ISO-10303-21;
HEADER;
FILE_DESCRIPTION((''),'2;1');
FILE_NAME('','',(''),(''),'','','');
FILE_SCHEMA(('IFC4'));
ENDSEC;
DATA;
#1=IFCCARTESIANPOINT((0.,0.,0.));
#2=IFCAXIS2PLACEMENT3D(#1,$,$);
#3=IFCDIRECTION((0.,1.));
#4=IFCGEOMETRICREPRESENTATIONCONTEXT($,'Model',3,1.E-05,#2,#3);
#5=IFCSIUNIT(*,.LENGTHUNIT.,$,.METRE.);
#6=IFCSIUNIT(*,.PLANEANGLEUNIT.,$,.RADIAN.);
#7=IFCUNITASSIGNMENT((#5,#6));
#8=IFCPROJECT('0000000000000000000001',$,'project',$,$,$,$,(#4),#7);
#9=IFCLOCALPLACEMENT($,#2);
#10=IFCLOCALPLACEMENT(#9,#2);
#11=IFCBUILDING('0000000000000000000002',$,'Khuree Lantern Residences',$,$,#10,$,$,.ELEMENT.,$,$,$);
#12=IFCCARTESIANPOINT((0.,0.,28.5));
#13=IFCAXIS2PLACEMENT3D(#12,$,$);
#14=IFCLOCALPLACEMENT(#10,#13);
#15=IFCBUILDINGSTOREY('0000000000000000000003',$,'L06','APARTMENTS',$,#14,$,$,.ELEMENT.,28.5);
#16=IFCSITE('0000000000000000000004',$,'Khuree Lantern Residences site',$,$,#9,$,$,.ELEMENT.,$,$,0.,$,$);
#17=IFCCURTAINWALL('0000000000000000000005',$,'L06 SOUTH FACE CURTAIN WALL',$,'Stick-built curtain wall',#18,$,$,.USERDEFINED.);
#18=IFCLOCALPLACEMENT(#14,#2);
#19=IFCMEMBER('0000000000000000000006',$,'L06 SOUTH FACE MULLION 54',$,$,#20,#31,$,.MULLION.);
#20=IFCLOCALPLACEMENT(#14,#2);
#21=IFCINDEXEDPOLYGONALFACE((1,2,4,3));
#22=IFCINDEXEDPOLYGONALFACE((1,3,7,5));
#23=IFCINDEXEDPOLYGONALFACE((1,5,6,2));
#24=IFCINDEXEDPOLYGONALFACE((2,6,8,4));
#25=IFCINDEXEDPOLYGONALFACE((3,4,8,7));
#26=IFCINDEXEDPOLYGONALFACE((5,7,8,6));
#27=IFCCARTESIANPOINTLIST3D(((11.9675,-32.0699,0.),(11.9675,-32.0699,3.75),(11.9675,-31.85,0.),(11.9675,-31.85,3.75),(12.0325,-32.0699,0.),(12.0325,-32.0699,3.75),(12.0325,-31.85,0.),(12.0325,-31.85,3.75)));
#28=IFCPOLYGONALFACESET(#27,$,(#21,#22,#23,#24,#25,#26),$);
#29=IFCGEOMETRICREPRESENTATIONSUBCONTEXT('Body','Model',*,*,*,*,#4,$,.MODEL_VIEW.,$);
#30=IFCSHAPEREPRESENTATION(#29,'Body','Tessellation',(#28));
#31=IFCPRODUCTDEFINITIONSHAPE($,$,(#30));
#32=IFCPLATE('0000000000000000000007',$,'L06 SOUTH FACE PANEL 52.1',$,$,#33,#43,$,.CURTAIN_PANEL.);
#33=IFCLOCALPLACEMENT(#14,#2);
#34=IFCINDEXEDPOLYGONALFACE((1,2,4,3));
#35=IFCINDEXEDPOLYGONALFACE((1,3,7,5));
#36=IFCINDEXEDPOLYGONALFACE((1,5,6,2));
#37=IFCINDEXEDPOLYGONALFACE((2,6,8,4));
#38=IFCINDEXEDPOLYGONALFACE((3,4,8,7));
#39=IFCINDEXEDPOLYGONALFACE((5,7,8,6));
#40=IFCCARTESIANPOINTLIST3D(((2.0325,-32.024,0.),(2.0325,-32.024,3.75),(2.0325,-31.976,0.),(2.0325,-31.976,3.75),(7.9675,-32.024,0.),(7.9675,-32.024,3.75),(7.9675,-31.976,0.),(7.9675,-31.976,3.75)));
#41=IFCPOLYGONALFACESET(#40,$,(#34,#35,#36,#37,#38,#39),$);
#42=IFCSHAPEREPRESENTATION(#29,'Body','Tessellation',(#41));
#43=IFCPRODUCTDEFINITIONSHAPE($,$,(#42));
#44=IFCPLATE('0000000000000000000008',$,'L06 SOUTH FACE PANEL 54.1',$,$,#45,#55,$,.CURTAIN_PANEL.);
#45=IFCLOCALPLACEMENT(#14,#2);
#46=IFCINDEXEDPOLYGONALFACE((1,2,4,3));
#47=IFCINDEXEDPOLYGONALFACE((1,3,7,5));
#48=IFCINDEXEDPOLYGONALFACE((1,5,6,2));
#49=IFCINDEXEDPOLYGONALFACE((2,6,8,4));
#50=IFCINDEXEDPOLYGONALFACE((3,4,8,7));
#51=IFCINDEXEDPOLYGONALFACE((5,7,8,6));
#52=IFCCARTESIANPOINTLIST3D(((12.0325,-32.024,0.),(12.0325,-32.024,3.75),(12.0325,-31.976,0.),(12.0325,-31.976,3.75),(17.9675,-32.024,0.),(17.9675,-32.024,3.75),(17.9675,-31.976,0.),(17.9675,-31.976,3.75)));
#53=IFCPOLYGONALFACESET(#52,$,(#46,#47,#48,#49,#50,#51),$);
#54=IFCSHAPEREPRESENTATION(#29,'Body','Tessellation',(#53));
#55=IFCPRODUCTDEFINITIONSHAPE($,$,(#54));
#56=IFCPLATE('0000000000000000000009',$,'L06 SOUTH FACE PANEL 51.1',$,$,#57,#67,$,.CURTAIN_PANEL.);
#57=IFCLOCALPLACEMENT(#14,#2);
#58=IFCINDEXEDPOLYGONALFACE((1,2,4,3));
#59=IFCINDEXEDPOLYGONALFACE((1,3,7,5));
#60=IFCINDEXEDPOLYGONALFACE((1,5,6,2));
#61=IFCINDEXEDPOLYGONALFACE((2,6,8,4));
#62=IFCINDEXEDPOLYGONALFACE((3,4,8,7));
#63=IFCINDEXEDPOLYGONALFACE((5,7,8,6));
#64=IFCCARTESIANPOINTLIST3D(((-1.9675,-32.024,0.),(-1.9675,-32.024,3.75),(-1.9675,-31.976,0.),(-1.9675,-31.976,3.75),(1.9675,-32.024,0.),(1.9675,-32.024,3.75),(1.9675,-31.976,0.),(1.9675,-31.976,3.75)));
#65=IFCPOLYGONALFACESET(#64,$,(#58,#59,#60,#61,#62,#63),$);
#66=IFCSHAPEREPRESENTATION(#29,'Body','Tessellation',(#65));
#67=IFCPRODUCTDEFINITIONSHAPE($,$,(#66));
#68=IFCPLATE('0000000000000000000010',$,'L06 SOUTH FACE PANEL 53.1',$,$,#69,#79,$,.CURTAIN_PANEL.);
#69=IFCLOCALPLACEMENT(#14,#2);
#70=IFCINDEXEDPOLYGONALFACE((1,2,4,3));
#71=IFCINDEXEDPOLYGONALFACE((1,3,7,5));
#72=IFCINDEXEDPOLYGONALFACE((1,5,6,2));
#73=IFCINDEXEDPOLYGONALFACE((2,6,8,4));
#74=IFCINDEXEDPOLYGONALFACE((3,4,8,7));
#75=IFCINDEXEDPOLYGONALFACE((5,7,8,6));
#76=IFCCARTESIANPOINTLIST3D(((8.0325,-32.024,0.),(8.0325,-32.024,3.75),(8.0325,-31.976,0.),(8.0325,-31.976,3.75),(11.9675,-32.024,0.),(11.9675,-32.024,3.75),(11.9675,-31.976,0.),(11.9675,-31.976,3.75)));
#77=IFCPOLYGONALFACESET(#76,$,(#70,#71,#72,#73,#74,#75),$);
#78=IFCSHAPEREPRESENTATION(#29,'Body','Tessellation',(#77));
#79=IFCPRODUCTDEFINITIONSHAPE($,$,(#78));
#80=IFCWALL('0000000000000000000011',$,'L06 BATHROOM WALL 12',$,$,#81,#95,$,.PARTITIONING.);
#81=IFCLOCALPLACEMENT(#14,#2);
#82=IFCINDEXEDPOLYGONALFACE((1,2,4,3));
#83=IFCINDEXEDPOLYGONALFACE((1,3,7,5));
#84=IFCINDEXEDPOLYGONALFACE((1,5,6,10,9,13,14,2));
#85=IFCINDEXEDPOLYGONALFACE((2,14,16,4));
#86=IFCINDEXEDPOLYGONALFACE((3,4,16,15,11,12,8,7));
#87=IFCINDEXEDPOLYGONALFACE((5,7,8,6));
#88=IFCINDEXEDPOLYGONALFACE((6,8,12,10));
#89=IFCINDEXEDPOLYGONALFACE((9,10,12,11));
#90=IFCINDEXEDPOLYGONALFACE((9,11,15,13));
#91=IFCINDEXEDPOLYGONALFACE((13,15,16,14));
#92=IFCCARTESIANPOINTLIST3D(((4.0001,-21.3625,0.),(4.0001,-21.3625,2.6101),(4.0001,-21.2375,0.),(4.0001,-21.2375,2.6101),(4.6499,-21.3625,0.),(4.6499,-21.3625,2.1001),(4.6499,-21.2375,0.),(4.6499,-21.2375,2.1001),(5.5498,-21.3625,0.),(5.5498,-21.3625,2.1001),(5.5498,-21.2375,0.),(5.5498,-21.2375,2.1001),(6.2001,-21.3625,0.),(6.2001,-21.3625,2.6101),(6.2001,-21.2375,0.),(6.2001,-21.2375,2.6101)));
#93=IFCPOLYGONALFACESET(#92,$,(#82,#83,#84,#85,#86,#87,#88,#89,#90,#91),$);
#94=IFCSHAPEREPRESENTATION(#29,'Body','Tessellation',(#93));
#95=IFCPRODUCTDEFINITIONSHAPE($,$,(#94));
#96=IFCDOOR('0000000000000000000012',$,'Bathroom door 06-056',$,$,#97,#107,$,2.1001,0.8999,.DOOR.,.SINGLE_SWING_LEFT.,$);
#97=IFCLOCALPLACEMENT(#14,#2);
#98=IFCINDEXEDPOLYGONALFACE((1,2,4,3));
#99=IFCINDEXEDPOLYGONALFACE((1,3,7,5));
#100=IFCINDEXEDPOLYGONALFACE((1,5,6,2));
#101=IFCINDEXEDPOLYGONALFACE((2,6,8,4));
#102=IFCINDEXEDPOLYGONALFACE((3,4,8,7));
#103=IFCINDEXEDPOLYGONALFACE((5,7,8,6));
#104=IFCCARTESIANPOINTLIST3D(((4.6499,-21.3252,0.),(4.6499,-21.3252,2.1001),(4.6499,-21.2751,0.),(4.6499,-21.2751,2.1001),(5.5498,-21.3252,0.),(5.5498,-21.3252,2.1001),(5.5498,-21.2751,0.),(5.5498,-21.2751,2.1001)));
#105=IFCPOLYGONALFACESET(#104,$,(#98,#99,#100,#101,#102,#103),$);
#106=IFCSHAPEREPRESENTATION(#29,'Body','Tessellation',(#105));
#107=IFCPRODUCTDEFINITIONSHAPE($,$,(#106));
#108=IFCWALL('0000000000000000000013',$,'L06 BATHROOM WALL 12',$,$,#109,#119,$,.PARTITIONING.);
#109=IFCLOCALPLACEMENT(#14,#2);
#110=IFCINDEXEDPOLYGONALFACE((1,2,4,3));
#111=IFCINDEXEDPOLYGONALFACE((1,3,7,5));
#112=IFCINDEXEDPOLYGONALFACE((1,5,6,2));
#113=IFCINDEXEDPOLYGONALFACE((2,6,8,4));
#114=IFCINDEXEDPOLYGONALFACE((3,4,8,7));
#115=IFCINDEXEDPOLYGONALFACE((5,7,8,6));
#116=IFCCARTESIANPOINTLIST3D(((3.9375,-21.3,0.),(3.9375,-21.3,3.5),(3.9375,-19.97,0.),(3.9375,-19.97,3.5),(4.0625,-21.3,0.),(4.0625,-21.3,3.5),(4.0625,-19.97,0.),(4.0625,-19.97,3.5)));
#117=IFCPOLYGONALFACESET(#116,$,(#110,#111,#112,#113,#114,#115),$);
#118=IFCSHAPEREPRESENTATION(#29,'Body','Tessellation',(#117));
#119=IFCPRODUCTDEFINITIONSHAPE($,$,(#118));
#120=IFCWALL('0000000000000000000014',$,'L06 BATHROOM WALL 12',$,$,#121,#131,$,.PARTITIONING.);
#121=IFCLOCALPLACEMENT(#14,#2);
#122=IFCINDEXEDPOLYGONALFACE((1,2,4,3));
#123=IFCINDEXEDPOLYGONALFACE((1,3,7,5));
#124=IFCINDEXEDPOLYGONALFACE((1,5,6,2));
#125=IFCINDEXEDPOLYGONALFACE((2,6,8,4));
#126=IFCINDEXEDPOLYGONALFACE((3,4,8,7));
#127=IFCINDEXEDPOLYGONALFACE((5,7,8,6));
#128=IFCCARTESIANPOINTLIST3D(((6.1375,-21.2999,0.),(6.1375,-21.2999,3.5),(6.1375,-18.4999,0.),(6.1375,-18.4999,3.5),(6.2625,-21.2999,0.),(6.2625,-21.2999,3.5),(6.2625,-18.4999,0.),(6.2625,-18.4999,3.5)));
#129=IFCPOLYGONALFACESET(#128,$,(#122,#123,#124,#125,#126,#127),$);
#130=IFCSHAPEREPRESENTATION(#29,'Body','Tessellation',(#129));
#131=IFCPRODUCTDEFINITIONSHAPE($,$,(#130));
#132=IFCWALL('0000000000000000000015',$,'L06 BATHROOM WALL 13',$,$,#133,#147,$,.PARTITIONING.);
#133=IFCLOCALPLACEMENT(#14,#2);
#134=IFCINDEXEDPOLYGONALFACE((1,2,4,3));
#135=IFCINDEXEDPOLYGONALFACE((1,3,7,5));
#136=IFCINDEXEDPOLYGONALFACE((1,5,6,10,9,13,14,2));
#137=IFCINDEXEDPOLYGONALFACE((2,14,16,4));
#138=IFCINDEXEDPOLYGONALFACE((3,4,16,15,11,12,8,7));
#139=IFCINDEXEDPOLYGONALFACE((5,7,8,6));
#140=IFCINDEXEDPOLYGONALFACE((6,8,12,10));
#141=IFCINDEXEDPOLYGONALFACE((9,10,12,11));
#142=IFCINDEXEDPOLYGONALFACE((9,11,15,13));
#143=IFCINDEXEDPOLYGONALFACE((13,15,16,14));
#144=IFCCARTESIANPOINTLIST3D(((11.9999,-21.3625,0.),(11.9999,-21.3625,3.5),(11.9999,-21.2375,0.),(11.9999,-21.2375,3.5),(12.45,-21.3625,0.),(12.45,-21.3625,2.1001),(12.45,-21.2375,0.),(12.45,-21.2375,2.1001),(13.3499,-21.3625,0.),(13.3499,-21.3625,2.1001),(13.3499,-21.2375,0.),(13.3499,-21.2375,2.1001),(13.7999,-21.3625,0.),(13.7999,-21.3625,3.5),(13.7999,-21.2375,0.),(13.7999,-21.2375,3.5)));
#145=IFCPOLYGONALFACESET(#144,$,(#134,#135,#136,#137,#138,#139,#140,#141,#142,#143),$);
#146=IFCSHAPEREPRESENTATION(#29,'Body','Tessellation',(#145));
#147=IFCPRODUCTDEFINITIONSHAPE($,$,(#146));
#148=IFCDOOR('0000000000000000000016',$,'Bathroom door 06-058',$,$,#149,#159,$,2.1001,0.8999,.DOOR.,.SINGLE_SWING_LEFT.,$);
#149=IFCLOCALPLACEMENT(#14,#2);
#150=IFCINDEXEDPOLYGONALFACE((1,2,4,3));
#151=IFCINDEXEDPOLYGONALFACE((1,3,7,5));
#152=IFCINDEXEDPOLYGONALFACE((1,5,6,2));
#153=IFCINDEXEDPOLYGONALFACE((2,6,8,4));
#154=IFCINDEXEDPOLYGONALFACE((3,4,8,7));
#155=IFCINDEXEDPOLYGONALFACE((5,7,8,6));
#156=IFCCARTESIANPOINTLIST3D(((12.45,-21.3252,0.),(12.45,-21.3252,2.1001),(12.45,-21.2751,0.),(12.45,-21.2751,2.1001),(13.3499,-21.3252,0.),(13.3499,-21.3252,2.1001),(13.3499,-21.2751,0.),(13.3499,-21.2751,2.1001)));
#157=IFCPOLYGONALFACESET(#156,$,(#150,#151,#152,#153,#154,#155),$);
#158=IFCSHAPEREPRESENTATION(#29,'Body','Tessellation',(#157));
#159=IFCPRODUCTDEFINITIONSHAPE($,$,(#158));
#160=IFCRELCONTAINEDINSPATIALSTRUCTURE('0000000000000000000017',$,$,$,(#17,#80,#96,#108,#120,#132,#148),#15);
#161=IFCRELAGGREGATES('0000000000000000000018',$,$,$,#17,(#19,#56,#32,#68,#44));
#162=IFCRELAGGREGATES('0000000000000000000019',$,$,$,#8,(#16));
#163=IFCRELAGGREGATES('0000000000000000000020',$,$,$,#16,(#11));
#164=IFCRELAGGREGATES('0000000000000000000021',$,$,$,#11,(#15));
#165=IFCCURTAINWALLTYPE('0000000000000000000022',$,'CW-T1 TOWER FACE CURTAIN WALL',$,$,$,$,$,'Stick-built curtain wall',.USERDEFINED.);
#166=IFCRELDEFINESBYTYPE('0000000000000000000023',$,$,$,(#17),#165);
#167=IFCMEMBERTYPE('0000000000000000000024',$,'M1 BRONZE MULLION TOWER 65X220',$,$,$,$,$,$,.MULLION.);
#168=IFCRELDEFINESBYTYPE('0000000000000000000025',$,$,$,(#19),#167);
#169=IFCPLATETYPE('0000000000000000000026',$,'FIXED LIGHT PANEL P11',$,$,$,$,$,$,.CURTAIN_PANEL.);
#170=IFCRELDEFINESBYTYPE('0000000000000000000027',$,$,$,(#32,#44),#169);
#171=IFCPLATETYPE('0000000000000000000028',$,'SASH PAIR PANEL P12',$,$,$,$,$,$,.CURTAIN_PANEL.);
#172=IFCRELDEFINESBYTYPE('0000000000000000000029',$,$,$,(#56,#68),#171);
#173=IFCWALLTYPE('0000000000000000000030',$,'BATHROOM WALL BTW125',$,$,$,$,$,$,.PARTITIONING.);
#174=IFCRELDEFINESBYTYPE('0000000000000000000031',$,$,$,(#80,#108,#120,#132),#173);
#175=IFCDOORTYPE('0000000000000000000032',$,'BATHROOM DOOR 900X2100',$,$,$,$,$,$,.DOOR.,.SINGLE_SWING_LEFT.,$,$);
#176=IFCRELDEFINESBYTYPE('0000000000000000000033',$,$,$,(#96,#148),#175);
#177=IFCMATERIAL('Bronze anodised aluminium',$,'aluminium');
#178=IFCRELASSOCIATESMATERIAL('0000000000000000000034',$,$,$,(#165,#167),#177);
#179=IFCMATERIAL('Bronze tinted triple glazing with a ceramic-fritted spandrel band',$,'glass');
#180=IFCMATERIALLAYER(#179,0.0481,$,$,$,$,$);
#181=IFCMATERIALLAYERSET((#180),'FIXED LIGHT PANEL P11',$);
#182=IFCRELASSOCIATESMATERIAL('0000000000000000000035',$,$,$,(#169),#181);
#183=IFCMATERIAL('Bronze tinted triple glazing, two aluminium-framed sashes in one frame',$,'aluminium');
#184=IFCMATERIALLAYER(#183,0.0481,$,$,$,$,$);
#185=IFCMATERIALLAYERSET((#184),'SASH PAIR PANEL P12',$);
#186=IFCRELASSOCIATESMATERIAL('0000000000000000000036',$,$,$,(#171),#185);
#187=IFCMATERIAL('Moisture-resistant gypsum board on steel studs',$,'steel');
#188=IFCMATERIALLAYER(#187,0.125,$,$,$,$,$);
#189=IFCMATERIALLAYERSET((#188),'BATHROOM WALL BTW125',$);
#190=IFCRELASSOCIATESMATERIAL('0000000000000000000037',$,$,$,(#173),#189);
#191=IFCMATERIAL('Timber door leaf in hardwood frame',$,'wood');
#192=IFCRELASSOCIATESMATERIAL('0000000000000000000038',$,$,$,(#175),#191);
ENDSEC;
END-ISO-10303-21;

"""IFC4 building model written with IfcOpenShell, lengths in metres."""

from ifc_helpers import new_model, si_unit, direction, frame, frame_2d, origin, origin_2d, place, context, subcontext, project, spatial, rectangle, extrude, material, layer, layer_set, material_profile, profile_set, type_object, element, fill, aggregate, save


model = new_model("IFC4")

# Units and contexts
model_context = context("Model", 3, precision=1e-05, world=origin(), true_north=direction((0.0, 1.0)))
body_context = subcontext(model_context, "Body", "Model", "MODEL_VIEW")
ifc_project = project(units=[si_unit("LENGTHUNIT", "METRE"), si_unit("PLANEANGLEUNIT", "RADIAN")], contexts=[model_context])

# Site, building, storey
site_placement = place(None, origin())
site = spatial("IfcSite", under=ifc_project, at=site_placement, Name="Khuree Lantern Residences site", CompositionType="ELEMENT", RefElevation=0.0)
building_placement = place(site_placement, origin())
building = spatial("IfcBuilding", under=site, at=building_placement, Name="Khuree Lantern Residences", CompositionType="ELEMENT")
storey_placement = place(building_placement, frame((0.0, 0.0, 28.5)))
storey = spatial("IfcBuildingStorey", under=building, at=storey_placement, Name="L06", Description="APARTMENTS", CompositionType="ELEMENT", Elevation=28.5)

# Curtain wall
ifc_material_1 = material(Name="Bronze anodised aluminium", Category="aluminium")
curtain_wall_type = type_object("IfcCurtainWallType", Name="CW-T1 TOWER FACE CURTAIN WALL", ElementType="Stick-built curtain wall", PredefinedType="USERDEFINED", material=ifc_material_1)
curtain_wall_placement = place(storey_placement, origin())
curtain_wall = element("IfcCurtainWall", 1, at=curtain_wall_placement, inside=storey, type_object=curtain_wall_type, Name="L06 SOUTH FACE CURTAIN WALL", ObjectType="Stick-built curtain wall", PredefinedType="USERDEFINED")

# Member
ifc_material_profile_1 = material_profile(ifc_material_1, rectangle(XDim=0.0649, YDim=0.22, at=origin_2d()), Name="M1 65X220")
ifc_profile_set_1 = profile_set([ifc_material_profile_1], Name="Bronze anodised aluminium")
member_type_1 = type_object("IfcMemberType", Name="M1 BRONZE MULLION TOWER 65X220", PredefinedType="MULLION", material=ifc_profile_set_1)
member_1_placement = place(storey_placement, frame((12.0, -31.96, 0.0), z_axis=(0.0, 0.0, 1.0), x_axis=(1.0, 0.0, 0.0)))
member_1 = element("IfcMember", 2, at=member_1_placement, type_object=member_type_1, Name="L06 SOUTH FACE MULLION 54", PredefinedType="MULLION", context=body_context, shape_type="SweptSolid", body=[
    extrude(rectangle(XDim=0.0649, YDim=0.22, at=origin_2d()), origin(), (0.0, 0.0, 1.0), 3.75),
])

# Plates
ifc_material_2 = material(Name="Bronze tinted triple glazing with a ceramic-fritted spandrel band", Category="glass")
ifc_layer_1 = layer(ifc_material_2, 0.0481)
ifc_layer_set_1 = layer_set([ifc_layer_1], Name="FIXED LIGHT PANEL P11")
plate_type_1 = type_object("IfcPlateType", Name="FIXED LIGHT PANEL P11", PredefinedType="CURTAIN_PANEL", material=ifc_layer_set_1)
plate_1_placement = place(storey_placement, frame((5.0, -32.0, 0.0), z_axis=(0.0, 0.0, 1.0), x_axis=(1.0, 0.0, 0.0)))
plate_1 = element("IfcPlate", 3, at=plate_1_placement, type_object=plate_type_1, Name="L06 SOUTH FACE PANEL 52.1", PredefinedType="CURTAIN_PANEL", context=body_context, shape_type="SweptSolid", body=[
    extrude(rectangle(XDim=5.9351, YDim=0.0481, at=origin_2d()), origin(), (0.0, 0.0, 1.0), 3.75),
])
plate_2_placement = place(storey_placement, frame((15.0, -32.0, 0.0), z_axis=(0.0, 0.0, 1.0), x_axis=(1.0, 0.0, 0.0)))
plate_2 = element("IfcPlate", 4, at=plate_2_placement, type_object=plate_type_1, Name="L06 SOUTH FACE PANEL 54.1", PredefinedType="CURTAIN_PANEL", context=body_context, shape_type="SweptSolid", body=[
    extrude(rectangle(XDim=5.9351, YDim=0.0481, at=origin_2d()), origin(), (0.0, 0.0, 1.0), 3.75),
])
ifc_material_3 = material(Name="Bronze tinted triple glazing, two aluminium-framed sashes in one frame", Category="aluminium")
ifc_layer_2 = layer(ifc_material_3, 0.0481)
ifc_layer_set_2 = layer_set([ifc_layer_2], Name="SASH PAIR PANEL P12")
plate_type_2 = type_object("IfcPlateType", Name="SASH PAIR PANEL P12", PredefinedType="CURTAIN_PANEL", material=ifc_layer_set_2)
plate_3_placement = place(storey_placement, frame((0.0, -32.0, 0.0), z_axis=(0.0, 0.0, 1.0), x_axis=(1.0, 0.0, 0.0)))
plate_3 = element("IfcPlate", 5, at=plate_3_placement, type_object=plate_type_2, Name="L06 SOUTH FACE PANEL 51.1", PredefinedType="CURTAIN_PANEL", context=body_context, shape_type="SweptSolid", body=[
    extrude(rectangle(XDim=3.9351, YDim=0.0481, at=origin_2d()), origin(), (0.0, 0.0, 1.0), 3.75),
])
plate_4_placement = place(storey_placement, frame((10.0, -32.0, 0.0), z_axis=(0.0, 0.0, 1.0), x_axis=(1.0, 0.0, 0.0)))
plate_4 = element("IfcPlate", 6, at=plate_4_placement, type_object=plate_type_2, Name="L06 SOUTH FACE PANEL 53.1", PredefinedType="CURTAIN_PANEL", context=body_context, shape_type="SweptSolid", body=[
    extrude(rectangle(XDim=3.9351, YDim=0.0481, at=origin_2d()), origin(), (0.0, 0.0, 1.0), 3.75),
])
aggregate(curtain_wall, [member_1, plate_3, plate_1, plate_4, plate_2])

# Wall, opening, door
ifc_material_4 = material(Name="Moisture-resistant gypsum board on steel studs", Category="steel")
ifc_layer_3 = layer(ifc_material_4, 0.125)
ifc_layer_set_3 = layer_set([ifc_layer_3], Name="BATHROOM WALL BTW125")
wall_type_1 = type_object("IfcWallType", Name="BATHROOM WALL BTW125", PredefinedType="PARTITIONING", material=ifc_layer_set_3)
wall_1_placement = place(storey_placement, frame((4.0, -21.3, 0.0), z_axis=(0.0, 0.0, 1.0), x_axis=(1.0, 0.0, 0.0)))
wall_1 = element("IfcWall", 7, at=wall_1_placement, inside=storey, type_object=wall_type_1, Name="L06 BATHROOM WALL 12", PredefinedType="PARTITIONING", context=body_context, shape_type="SweptSolid", body=[
    extrude(rectangle(XDim=2.2, YDim=0.125, at=frame_2d((1.1001, 0.0))), origin(), (0.0, 0.0, 1.0), 2.6101),
])
opening_1_placement = place(wall_1_placement, frame((0.6499, 0.0, 0.0)))
opening_1 = element("IfcOpeningElement", 8, at=opening_1_placement, cuts=wall_1, PredefinedType="OPENING", context=body_context, shape_type="SweptSolid", body=[
    extrude(rectangle(XDim=0.8999, YDim=2.1001, at=frame_2d((0.45, 1.05))), frame((0.0, 0.0725, 0.0), z_axis=(0.0, -1.0, 0.0), x_axis=(1.0, 0.0, 0.0)), (0.0, 0.0, 1.0), 0.145),
])
ifc_material_5 = material(Name="Timber door leaf in hardwood frame", Category="wood")
door_type_1 = type_object("IfcDoorType", Name="BATHROOM DOOR 900X2100", OperationType="SINGLE_SWING_LEFT", PredefinedType="DOOR", material=ifc_material_5)
door_1_placement = place(opening_1_placement, origin())
door_1 = element("IfcDoor", 9, at=door_1_placement, inside=storey, type_object=door_type_1, Name="Bathroom door 06-056", OperationType="SINGLE_SWING_LEFT", OverallHeight=2.1001, OverallWidth=0.8999, PredefinedType="DOOR", context=body_context, shape_type="SweptSolid", body=[
    extrude(rectangle(XDim=0.8999, YDim=2.1001, at=frame_2d((0.45, 1.05))), frame((0.0, 0.0249, 0.0), z_axis=(0.0, -1.0, 0.0), x_axis=(1.0, 0.0, 0.0)), (0.0, 0.0, 1.0), 0.05),
])
fill(opening_1, door_1)

# Walls
wall_2_placement = place(storey_placement, frame((4.0, -19.97, 0.0), z_axis=(0.0, 0.0, 1.0), x_axis=(0.0, -1.0, 0.0)))
element("IfcWall", 10, at=wall_2_placement, inside=storey, type_object=wall_type_1, Name="L06 BATHROOM WALL 12", PredefinedType="PARTITIONING", context=body_context, shape_type="SweptSolid", body=[
    extrude(rectangle(XDim=1.3301, YDim=0.125, at=frame_2d((0.665, 0.0))), origin(), (0.0, 0.0, 1.0), 3.5),
])
wall_3_placement = place(storey_placement, frame((6.2, -18.5, 0.0), z_axis=(0.0, 0.0, 1.0), x_axis=(0.0, -1.0, 0.0)))
element("IfcWall", 11, at=wall_3_placement, inside=storey, type_object=wall_type_1, Name="L06 BATHROOM WALL 12", PredefinedType="PARTITIONING", context=body_context, shape_type="SweptSolid", body=[
    extrude(rectangle(XDim=2.8, YDim=0.125, at=frame_2d((1.3999, 0.0))), origin(), (0.0, 0.0, 1.0), 3.5),
])

# Wall, opening, door
wall_4_placement = place(storey_placement, frame((12.0, -21.3, 0.0), z_axis=(0.0, 0.0, 1.0), x_axis=(1.0, 0.0, 0.0)))
wall_4 = element("IfcWall", 12, at=wall_4_placement, inside=storey, type_object=wall_type_1, Name="L06 BATHROOM WALL 13", PredefinedType="PARTITIONING", context=body_context, shape_type="SweptSolid", body=[
    extrude(rectangle(XDim=1.8, YDim=0.125, at=frame_2d((0.8999, 0.0))), origin(), (0.0, 0.0, 1.0), 3.5),
])
opening_2_placement = place(wall_4_placement, frame((0.45, 0.0, 0.0)))
opening_2 = element("IfcOpeningElement", 13, at=opening_2_placement, cuts=wall_4, PredefinedType="OPENING", context=body_context, shape_type="SweptSolid", body=[
    extrude(rectangle(XDim=0.8999, YDim=2.1001, at=frame_2d((0.45, 1.05))), frame((0.0, 0.0725, 0.0), z_axis=(0.0, -1.0, 0.0), x_axis=(1.0, 0.0, 0.0)), (0.0, 0.0, 1.0), 0.145),
])
door_2_placement = place(opening_2_placement, origin())
door_2 = element("IfcDoor", 14, at=door_2_placement, inside=storey, type_object=door_type_1, Name="Bathroom door 06-058", OperationType="SINGLE_SWING_LEFT", OverallHeight=2.1001, OverallWidth=0.8999, PredefinedType="DOOR", context=body_context, shape_type="SweptSolid", body=[
    extrude(rectangle(XDim=0.8999, YDim=2.1001, at=frame_2d((0.45, 1.05))), frame((0.0, 0.0249, 0.0), z_axis=(0.0, -1.0, 0.0), x_axis=(1.0, 0.0, 0.0)), (0.0, 0.0, 1.0), 0.05),
])
fill(opening_2, door_2)

save(model, "model.ifc")
